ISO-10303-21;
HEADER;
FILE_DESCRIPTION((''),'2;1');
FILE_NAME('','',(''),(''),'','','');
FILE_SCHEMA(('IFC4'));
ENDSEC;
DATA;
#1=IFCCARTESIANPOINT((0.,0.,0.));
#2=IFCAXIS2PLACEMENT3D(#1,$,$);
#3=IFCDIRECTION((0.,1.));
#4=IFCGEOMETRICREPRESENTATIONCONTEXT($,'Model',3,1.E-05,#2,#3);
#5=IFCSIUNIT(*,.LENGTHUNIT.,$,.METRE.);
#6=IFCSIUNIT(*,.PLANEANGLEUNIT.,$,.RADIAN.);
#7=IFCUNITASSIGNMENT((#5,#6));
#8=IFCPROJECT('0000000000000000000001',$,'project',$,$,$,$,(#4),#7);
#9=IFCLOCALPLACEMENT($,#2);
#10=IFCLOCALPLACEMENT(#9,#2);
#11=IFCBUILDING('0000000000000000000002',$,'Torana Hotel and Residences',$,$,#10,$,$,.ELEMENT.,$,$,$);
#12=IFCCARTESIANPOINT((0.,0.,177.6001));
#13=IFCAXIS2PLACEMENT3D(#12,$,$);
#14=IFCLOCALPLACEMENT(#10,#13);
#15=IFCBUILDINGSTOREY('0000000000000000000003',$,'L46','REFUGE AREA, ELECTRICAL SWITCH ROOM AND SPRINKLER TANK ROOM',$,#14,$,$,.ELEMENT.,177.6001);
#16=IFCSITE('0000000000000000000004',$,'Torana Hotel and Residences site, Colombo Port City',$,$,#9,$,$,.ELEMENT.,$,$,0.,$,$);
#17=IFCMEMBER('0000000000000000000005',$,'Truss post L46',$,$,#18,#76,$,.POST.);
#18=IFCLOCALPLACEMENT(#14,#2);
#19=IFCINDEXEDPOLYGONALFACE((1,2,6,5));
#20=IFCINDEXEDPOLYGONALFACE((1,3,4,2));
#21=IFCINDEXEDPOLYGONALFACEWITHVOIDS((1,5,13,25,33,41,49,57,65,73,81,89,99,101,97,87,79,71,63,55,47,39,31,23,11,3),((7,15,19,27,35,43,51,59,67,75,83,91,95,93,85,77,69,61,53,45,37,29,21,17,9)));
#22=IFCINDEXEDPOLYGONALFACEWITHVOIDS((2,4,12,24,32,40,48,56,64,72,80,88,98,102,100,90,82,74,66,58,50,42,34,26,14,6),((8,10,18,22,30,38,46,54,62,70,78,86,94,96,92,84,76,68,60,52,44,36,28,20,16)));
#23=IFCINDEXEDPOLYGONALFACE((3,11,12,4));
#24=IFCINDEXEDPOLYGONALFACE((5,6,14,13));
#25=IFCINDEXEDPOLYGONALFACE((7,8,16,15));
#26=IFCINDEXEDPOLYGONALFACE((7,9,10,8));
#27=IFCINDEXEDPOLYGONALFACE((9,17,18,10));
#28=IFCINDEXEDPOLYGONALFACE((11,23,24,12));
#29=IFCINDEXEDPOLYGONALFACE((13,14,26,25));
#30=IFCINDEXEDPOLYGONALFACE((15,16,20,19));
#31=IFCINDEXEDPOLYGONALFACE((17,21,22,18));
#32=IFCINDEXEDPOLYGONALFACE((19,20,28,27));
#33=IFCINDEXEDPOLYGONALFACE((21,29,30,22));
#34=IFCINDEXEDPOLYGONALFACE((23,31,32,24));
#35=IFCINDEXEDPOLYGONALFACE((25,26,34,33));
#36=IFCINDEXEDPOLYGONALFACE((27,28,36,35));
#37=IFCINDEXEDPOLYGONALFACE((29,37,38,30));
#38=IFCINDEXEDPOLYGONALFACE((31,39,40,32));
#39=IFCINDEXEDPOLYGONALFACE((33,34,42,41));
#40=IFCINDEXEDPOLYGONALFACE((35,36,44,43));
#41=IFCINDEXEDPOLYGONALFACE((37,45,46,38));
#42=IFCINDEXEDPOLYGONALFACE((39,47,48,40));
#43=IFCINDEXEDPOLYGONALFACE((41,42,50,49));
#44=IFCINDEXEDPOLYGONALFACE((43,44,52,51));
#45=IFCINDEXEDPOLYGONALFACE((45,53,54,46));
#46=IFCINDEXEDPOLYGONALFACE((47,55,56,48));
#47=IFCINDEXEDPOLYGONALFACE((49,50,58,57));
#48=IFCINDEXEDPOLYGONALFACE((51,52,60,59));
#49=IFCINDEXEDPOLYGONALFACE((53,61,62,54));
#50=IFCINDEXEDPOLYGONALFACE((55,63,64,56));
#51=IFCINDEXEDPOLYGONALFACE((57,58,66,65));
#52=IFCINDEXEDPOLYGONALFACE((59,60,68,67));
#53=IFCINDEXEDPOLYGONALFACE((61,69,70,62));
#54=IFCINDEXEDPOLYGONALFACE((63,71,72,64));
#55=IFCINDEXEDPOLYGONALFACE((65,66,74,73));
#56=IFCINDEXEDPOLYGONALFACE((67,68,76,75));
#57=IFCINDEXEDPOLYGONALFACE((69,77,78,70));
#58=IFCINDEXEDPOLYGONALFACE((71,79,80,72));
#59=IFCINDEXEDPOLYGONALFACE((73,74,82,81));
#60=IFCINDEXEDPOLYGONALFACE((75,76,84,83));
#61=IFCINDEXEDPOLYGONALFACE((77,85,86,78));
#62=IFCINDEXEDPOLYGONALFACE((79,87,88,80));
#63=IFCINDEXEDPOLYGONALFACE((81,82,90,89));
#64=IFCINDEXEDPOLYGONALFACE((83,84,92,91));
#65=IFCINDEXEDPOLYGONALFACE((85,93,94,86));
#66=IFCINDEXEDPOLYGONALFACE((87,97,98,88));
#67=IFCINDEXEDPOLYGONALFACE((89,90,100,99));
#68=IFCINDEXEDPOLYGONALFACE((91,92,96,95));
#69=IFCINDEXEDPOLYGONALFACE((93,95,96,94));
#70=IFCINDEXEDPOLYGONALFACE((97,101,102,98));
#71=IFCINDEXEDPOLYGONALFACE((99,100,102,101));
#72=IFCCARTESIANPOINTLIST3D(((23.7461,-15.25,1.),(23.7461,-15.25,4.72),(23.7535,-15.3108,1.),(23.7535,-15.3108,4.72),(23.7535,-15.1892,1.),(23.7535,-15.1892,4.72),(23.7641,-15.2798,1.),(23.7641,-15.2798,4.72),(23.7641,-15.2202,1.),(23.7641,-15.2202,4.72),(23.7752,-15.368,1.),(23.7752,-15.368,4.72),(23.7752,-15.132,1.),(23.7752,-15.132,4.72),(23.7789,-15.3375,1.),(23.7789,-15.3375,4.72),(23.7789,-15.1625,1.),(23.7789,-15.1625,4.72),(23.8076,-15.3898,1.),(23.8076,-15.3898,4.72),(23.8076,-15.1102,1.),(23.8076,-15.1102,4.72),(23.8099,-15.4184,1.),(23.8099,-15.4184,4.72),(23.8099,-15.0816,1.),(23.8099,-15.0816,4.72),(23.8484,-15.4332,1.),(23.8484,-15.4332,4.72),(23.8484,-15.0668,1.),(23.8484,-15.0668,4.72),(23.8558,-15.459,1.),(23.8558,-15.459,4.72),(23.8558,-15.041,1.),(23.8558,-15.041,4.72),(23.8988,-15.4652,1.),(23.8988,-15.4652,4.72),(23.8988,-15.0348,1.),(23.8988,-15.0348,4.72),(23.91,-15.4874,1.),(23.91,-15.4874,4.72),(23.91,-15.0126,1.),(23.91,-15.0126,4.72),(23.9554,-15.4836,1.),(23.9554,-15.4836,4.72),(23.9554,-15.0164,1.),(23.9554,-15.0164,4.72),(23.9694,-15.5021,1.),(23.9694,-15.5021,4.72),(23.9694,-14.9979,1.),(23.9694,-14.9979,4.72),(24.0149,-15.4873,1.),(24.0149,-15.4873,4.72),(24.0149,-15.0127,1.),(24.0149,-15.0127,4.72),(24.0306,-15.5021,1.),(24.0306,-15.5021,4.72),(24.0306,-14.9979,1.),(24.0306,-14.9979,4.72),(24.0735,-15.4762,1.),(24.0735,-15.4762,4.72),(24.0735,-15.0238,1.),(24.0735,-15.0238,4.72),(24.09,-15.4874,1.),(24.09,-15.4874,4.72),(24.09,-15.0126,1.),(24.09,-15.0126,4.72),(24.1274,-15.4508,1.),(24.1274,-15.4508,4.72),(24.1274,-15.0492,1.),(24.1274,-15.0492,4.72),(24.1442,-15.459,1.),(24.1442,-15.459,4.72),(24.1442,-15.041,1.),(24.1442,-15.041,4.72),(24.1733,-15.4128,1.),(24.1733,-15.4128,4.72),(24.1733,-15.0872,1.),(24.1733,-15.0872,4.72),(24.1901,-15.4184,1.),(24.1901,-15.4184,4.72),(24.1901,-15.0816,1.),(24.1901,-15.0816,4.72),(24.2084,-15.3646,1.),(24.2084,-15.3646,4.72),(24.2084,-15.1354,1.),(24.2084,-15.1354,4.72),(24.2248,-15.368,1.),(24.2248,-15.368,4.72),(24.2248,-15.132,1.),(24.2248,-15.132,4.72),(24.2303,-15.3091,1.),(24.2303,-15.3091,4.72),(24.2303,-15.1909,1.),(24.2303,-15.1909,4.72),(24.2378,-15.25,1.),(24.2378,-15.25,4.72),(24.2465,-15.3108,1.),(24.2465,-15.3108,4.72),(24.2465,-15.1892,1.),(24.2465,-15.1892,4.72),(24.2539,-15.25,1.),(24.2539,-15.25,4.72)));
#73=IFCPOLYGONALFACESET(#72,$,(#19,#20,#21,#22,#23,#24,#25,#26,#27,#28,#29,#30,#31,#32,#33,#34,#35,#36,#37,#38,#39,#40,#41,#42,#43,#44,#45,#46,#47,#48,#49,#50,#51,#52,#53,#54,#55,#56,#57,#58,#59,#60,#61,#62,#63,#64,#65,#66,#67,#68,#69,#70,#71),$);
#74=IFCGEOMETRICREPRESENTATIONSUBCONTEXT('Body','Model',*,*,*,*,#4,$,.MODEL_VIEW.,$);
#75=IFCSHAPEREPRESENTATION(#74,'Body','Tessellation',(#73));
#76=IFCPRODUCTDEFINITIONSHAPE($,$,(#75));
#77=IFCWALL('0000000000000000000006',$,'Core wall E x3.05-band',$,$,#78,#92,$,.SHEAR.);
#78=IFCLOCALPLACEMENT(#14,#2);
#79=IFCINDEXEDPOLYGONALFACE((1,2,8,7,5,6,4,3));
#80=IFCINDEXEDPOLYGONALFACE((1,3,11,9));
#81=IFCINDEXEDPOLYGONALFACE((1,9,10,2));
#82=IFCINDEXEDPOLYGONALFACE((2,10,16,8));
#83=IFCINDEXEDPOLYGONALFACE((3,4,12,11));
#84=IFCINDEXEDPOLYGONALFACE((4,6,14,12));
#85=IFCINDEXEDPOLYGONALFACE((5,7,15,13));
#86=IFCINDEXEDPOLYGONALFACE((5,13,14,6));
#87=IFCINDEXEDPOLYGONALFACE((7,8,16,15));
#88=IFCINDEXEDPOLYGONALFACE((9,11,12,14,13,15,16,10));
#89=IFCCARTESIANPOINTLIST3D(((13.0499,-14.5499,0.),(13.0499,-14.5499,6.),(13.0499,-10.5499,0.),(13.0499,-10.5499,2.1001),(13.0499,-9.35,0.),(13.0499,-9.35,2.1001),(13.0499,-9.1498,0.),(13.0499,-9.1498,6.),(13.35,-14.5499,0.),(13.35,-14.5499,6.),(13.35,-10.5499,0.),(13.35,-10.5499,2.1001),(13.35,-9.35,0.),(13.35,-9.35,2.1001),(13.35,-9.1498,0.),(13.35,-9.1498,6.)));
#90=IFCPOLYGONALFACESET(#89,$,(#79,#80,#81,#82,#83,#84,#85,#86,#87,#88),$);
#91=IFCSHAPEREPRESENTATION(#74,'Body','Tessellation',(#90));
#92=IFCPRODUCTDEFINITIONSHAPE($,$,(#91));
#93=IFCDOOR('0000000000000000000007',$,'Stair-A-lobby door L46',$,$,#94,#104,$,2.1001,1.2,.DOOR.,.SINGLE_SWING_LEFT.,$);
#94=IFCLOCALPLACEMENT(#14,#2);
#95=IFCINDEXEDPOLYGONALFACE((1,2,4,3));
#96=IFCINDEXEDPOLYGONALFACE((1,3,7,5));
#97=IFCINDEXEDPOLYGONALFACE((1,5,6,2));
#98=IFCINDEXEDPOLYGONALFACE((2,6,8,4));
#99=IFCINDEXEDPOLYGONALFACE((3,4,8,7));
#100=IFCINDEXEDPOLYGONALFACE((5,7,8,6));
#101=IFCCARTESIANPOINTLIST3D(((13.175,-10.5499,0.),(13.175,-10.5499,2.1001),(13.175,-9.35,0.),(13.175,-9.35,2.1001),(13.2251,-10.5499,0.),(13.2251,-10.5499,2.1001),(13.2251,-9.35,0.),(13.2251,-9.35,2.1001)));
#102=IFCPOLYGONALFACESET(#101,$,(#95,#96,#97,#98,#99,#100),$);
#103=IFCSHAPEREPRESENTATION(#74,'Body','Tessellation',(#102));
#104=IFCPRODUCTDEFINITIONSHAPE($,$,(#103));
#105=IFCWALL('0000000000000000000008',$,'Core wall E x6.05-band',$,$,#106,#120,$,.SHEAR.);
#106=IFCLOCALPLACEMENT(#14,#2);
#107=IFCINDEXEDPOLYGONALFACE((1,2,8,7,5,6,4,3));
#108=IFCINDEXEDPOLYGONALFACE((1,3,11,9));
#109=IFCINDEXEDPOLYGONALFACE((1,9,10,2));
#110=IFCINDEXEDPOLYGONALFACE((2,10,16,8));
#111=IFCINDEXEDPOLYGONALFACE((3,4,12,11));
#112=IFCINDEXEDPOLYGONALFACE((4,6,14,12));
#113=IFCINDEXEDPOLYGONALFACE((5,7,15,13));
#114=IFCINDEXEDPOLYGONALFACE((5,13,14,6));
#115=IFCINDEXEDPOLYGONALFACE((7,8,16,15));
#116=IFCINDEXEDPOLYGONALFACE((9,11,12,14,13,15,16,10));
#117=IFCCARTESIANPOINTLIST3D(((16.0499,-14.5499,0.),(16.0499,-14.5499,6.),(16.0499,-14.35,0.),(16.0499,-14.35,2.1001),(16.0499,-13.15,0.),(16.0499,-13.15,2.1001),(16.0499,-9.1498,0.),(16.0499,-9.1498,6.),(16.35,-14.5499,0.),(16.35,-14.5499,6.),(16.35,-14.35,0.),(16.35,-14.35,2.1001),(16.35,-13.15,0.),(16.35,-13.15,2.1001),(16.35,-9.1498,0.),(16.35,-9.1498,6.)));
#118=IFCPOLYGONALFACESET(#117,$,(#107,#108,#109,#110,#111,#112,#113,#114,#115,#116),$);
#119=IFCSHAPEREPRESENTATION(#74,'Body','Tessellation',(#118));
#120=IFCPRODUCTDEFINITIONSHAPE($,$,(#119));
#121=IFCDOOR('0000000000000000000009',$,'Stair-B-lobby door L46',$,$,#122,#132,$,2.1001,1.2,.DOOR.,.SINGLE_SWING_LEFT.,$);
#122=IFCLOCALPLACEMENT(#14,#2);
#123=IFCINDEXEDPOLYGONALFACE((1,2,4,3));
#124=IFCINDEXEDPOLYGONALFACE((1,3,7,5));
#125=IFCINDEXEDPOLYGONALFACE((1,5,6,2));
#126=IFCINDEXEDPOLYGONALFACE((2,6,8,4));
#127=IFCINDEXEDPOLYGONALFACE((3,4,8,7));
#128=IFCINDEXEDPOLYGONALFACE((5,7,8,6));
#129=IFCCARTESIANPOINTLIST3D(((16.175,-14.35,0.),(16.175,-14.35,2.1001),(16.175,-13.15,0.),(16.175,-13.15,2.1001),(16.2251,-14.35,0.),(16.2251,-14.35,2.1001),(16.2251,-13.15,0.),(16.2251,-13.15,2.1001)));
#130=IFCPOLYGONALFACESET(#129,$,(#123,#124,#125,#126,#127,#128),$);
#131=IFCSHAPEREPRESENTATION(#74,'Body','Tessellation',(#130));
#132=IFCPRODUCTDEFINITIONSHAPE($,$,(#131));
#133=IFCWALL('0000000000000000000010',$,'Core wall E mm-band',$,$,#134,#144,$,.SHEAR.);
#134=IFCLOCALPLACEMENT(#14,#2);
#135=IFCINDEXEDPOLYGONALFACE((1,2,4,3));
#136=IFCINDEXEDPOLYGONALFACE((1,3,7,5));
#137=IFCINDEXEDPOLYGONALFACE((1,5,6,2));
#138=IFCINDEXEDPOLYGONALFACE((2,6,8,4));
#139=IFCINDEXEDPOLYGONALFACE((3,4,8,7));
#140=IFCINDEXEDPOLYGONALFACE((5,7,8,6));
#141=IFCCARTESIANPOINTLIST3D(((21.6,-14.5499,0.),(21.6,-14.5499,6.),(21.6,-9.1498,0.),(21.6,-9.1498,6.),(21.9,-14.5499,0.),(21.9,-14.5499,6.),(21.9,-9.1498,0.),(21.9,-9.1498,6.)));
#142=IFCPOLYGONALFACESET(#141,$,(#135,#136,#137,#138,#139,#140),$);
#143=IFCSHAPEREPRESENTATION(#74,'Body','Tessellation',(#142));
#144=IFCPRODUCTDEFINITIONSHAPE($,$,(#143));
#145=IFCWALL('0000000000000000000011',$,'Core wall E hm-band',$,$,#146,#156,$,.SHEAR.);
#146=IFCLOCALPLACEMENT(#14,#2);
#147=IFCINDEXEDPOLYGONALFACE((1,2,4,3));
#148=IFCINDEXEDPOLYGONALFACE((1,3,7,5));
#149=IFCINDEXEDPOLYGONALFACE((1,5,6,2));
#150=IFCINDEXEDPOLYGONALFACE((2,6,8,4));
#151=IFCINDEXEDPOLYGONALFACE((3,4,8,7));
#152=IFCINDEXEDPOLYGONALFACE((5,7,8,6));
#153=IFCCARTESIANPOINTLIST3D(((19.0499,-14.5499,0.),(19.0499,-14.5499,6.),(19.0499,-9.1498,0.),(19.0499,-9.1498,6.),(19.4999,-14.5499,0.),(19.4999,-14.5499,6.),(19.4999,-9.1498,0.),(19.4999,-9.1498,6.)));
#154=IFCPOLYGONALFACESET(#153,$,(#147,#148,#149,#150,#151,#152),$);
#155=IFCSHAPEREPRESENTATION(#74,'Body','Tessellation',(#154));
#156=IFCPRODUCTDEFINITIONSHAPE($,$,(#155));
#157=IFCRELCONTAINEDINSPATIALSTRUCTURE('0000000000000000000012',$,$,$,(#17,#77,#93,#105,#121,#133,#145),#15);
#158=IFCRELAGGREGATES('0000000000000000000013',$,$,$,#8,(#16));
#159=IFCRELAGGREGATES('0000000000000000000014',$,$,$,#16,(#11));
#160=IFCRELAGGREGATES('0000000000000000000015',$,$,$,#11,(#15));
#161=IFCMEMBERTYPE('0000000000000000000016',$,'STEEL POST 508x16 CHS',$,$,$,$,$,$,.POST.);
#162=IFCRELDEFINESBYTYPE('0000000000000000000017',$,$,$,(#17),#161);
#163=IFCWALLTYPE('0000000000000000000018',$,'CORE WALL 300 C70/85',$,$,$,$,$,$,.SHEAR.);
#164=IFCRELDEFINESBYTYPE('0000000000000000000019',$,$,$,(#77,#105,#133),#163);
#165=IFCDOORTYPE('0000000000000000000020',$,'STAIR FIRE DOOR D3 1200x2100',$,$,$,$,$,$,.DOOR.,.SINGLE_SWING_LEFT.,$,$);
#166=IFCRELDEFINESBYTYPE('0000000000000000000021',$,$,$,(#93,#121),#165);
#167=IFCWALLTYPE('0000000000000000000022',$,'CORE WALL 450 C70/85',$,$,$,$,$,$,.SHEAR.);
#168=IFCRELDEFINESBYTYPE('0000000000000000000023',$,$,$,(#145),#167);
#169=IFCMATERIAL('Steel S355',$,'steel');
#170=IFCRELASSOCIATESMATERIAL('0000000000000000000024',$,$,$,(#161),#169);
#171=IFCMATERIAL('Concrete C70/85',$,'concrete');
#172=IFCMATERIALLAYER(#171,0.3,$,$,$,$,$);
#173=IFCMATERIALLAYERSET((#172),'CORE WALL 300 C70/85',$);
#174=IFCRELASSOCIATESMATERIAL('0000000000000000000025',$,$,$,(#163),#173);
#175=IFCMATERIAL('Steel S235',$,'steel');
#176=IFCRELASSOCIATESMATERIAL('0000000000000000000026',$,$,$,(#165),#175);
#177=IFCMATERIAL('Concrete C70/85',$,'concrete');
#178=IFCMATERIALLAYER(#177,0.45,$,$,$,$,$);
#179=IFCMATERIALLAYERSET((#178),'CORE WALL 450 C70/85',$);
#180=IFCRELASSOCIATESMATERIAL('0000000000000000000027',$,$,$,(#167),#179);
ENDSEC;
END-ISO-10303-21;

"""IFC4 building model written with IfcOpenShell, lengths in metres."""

from ifc_helpers import new_model, si_unit, direction, frame, frame_2d, origin, origin_2d, place, context, subcontext, project, spatial, rectangle, hollow_circle, extrude, material, layer, layer_set, material_profile, profile_set, type_object, element, fill, save


model = new_model("IFC4")

# Units and contexts
model_context = context("Model", 3, precision=1e-05, world=origin(), true_north=direction((0.0, 1.0)))
body_context = subcontext(model_context, "Body", "Model", "MODEL_VIEW")
ifc_project = project(units=[si_unit("LENGTHUNIT", "METRE"), si_unit("PLANEANGLEUNIT", "RADIAN")], contexts=[model_context])

# Site, building, storey
site_placement = place(None, origin())
site = spatial("IfcSite", under=ifc_project, at=site_placement, Name="Torana Hotel and Residences site, Colombo Port City", CompositionType="ELEMENT", RefElevation=0.0)
building_placement = place(site_placement, origin())
building = spatial("IfcBuilding", under=site, at=building_placement, Name="Torana Hotel and Residences", CompositionType="ELEMENT")
storey_placement = place(building_placement, frame((0.0, 0.0, 177.6001)))
storey = spatial("IfcBuildingStorey", under=building, at=storey_placement, Name="L46", Description="REFUGE AREA, ELECTRICAL SWITCH ROOM AND SPRINKLER TANK ROOM", CompositionType="ELEMENT", Elevation=177.6001)

# Member
ifc_material_1 = material(Name="Steel S355", Category="steel")
ifc_material_profile_1 = material_profile(ifc_material_1, hollow_circle(Radius=0.2539, WallThickness=0.0161, at=origin_2d()), Name="508x16 CHS")
ifc_profile_set_1 = profile_set([ifc_material_profile_1], Name="Steel S355")
member_type_1 = type_object("IfcMemberType", Name="STEEL POST 508x16 CHS", PredefinedType="POST", material=ifc_profile_set_1)
for number, where, z_axis, x_axis, name in (
    (1, (24.0, -15.25, 1.0), (0.0, 0.0, 1.0), (1.0, 0.0, 0.0), "Truss post L46"),
):
    element("IfcMember", number, at=place(storey_placement, frame(where, z_axis=z_axis, x_axis=x_axis)), inside=storey, type_object=member_type_1, Name=name, PredefinedType="POST", context=body_context, shape_type="SweptSolid", body=[
        extrude(hollow_circle(Radius=0.2539, WallThickness=0.0161, at=origin_2d()), origin(), (0.0, 0.0, 1.0), 3.72),
    ])

# Walls, openings, doors
ifc_material_2 = material(Name="Concrete C70/85", Category="concrete")
ifc_layer_1 = layer(ifc_material_2, 0.3)
ifc_layer_set_1 = layer_set([ifc_layer_1], Name="CORE WALL 300 C70/85")
wall_type_1 = type_object("IfcWallType", Name="CORE WALL 300 C70/85", PredefinedType="SHEAR", material=ifc_layer_set_1)
wall_1_placement = place(storey_placement, frame((13.2, -14.55, 0.0), z_axis=(0.0, 0.0, 1.0), x_axis=(0.0, 1.0, 0.0)))
wall_1 = element("IfcWall", 2, at=wall_1_placement, inside=storey, type_object=wall_type_1, Name="Core wall E x3.05-band", PredefinedType="SHEAR", context=body_context, shape_type="SweptSolid", body=[
    extrude(rectangle(XDim=5.4001, YDim=0.3, at=frame_2d((2.7002, 0.0))), origin(), (0.0, 0.0, 1.0), 6.0),
])
opening_1_placement = place(wall_1_placement, frame((4.0, 0.0, 0.0)))
opening_1 = element("IfcOpeningElement", 3, at=opening_1_placement, cuts=wall_1, PredefinedType="OPENING", context=body_context, shape_type="SweptSolid", body=[
    extrude(rectangle(XDim=1.2, YDim=2.1001, at=frame_2d((0.6001, 1.05))), frame((0.0, 0.1599, 0.0), z_axis=(0.0, -1.0, 0.0), x_axis=(1.0, 0.0, 0.0)), (0.0, 0.0, 1.0), 0.3201),
])
ifc_material_3 = material(Name="Steel S235", Category="steel")
door_type_1 = type_object("IfcDoorType", Name="STAIR FIRE DOOR D3 1200x2100", OperationType="SINGLE_SWING_LEFT", PredefinedType="DOOR", material=ifc_material_3)
door_1_placement = place(opening_1_placement, origin())
door_1 = element("IfcDoor", 4, at=door_1_placement, inside=storey, type_object=door_type_1, Name="Stair-A-lobby door L46", OperationType="SINGLE_SWING_LEFT", OverallHeight=2.1001, OverallWidth=1.2, PredefinedType="DOOR", context=body_context, shape_type="SweptSolid", body=[
    extrude(rectangle(XDim=1.2, YDim=2.1001, at=frame_2d((0.6001, 1.05))), frame((0.0, 0.0249, 0.0), z_axis=(0.0, -1.0, 0.0), x_axis=(1.0, 0.0, 0.0)), (0.0, 0.0, 1.0), 0.05),
])
fill(opening_1, door_1)
wall_2_placement = place(storey_placement, frame((16.2, -14.55, 0.0), z_axis=(0.0, 0.0, 1.0), x_axis=(0.0, 1.0, 0.0)))
wall_2 = element("IfcWall", 5, at=wall_2_placement, inside=storey, type_object=wall_type_1, Name="Core wall E x6.05-band", PredefinedType="SHEAR", context=body_context, shape_type="SweptSolid", body=[
    extrude(rectangle(XDim=5.4001, YDim=0.3, at=frame_2d((2.7002, 0.0))), origin(), (0.0, 0.0, 1.0), 6.0),
])
opening_2_placement = place(wall_2_placement, frame((0.2, 0.0, 0.0)))
opening_2 = element("IfcOpeningElement", 6, at=opening_2_placement, cuts=wall_2, PredefinedType="OPENING", context=body_context, shape_type="SweptSolid", body=[
    extrude(rectangle(XDim=1.2, YDim=2.1001, at=frame_2d((0.6001, 1.05))), frame((0.0, 0.1599, 0.0), z_axis=(0.0, -1.0, 0.0), x_axis=(1.0, 0.0, 0.0)), (0.0, 0.0, 1.0), 0.3201),
])
door_2_placement = place(opening_2_placement, frame((0.6001, 0.0, 0.0), z_axis=(0.0, 0.0, 1.0), x_axis=(-1.0, 0.0, 0.0)))
door_2 = element("IfcDoor", 7, at=door_2_placement, inside=storey, type_object=door_type_1, Name="Stair-B-lobby door L46", OperationType="SINGLE_SWING_LEFT", OverallHeight=2.1001, OverallWidth=1.2, PredefinedType="DOOR", context=body_context, shape_type="SweptSolid", body=[
    extrude(rectangle(XDim=1.2, YDim=2.1001, at=frame_2d((0.0, 1.05))), frame((0.0, -0.0249, 0.0), z_axis=(0.0, 1.0, 0.0), x_axis=(-1.0, 0.0, 0.0)), (0.0, 0.0, 1.0), 0.05),
])
fill(opening_2, door_2)

# Walls
wall_3_placement = place(storey_placement, frame((21.75, -14.55, 0.0), z_axis=(0.0, 0.0, 1.0), x_axis=(0.0, 1.0, 0.0)))
element("IfcWall", 8, at=wall_3_placement, inside=storey, type_object=wall_type_1, Name="Core wall E mm-band", PredefinedType="SHEAR", context=body_context, shape_type="SweptSolid", body=[
    extrude(rectangle(XDim=5.4001, YDim=0.3, at=frame_2d((2.7002, 0.0))), origin(), (0.0, 0.0, 1.0), 6.0),
])
ifc_material_4 = material(Name="Concrete C70/85", Category="concrete")
ifc_layer_2 = layer(ifc_material_4, 0.45)
ifc_layer_set_2 = layer_set([ifc_layer_2], Name="CORE WALL 450 C70/85")
wall_type_2 = type_object("IfcWallType", Name="CORE WALL 450 C70/85", PredefinedType="SHEAR", material=ifc_layer_set_2)
wall_4_placement = place(storey_placement, frame((19.2749, -14.55, 0.0), z_axis=(0.0, 0.0, 1.0), x_axis=(0.0, 1.0, 0.0)))
element("IfcWall", 9, at=wall_4_placement, inside=storey, type_object=wall_type_2, Name="Core wall E hm-band", PredefinedType="SHEAR", context=body_context, shape_type="SweptSolid", body=[
    extrude(rectangle(XDim=5.4001, YDim=0.45, at=frame_2d((2.7002, 0.0))), origin(), (0.0, 0.0, 1.0), 6.0),
])

save(model, "model.ifc")
